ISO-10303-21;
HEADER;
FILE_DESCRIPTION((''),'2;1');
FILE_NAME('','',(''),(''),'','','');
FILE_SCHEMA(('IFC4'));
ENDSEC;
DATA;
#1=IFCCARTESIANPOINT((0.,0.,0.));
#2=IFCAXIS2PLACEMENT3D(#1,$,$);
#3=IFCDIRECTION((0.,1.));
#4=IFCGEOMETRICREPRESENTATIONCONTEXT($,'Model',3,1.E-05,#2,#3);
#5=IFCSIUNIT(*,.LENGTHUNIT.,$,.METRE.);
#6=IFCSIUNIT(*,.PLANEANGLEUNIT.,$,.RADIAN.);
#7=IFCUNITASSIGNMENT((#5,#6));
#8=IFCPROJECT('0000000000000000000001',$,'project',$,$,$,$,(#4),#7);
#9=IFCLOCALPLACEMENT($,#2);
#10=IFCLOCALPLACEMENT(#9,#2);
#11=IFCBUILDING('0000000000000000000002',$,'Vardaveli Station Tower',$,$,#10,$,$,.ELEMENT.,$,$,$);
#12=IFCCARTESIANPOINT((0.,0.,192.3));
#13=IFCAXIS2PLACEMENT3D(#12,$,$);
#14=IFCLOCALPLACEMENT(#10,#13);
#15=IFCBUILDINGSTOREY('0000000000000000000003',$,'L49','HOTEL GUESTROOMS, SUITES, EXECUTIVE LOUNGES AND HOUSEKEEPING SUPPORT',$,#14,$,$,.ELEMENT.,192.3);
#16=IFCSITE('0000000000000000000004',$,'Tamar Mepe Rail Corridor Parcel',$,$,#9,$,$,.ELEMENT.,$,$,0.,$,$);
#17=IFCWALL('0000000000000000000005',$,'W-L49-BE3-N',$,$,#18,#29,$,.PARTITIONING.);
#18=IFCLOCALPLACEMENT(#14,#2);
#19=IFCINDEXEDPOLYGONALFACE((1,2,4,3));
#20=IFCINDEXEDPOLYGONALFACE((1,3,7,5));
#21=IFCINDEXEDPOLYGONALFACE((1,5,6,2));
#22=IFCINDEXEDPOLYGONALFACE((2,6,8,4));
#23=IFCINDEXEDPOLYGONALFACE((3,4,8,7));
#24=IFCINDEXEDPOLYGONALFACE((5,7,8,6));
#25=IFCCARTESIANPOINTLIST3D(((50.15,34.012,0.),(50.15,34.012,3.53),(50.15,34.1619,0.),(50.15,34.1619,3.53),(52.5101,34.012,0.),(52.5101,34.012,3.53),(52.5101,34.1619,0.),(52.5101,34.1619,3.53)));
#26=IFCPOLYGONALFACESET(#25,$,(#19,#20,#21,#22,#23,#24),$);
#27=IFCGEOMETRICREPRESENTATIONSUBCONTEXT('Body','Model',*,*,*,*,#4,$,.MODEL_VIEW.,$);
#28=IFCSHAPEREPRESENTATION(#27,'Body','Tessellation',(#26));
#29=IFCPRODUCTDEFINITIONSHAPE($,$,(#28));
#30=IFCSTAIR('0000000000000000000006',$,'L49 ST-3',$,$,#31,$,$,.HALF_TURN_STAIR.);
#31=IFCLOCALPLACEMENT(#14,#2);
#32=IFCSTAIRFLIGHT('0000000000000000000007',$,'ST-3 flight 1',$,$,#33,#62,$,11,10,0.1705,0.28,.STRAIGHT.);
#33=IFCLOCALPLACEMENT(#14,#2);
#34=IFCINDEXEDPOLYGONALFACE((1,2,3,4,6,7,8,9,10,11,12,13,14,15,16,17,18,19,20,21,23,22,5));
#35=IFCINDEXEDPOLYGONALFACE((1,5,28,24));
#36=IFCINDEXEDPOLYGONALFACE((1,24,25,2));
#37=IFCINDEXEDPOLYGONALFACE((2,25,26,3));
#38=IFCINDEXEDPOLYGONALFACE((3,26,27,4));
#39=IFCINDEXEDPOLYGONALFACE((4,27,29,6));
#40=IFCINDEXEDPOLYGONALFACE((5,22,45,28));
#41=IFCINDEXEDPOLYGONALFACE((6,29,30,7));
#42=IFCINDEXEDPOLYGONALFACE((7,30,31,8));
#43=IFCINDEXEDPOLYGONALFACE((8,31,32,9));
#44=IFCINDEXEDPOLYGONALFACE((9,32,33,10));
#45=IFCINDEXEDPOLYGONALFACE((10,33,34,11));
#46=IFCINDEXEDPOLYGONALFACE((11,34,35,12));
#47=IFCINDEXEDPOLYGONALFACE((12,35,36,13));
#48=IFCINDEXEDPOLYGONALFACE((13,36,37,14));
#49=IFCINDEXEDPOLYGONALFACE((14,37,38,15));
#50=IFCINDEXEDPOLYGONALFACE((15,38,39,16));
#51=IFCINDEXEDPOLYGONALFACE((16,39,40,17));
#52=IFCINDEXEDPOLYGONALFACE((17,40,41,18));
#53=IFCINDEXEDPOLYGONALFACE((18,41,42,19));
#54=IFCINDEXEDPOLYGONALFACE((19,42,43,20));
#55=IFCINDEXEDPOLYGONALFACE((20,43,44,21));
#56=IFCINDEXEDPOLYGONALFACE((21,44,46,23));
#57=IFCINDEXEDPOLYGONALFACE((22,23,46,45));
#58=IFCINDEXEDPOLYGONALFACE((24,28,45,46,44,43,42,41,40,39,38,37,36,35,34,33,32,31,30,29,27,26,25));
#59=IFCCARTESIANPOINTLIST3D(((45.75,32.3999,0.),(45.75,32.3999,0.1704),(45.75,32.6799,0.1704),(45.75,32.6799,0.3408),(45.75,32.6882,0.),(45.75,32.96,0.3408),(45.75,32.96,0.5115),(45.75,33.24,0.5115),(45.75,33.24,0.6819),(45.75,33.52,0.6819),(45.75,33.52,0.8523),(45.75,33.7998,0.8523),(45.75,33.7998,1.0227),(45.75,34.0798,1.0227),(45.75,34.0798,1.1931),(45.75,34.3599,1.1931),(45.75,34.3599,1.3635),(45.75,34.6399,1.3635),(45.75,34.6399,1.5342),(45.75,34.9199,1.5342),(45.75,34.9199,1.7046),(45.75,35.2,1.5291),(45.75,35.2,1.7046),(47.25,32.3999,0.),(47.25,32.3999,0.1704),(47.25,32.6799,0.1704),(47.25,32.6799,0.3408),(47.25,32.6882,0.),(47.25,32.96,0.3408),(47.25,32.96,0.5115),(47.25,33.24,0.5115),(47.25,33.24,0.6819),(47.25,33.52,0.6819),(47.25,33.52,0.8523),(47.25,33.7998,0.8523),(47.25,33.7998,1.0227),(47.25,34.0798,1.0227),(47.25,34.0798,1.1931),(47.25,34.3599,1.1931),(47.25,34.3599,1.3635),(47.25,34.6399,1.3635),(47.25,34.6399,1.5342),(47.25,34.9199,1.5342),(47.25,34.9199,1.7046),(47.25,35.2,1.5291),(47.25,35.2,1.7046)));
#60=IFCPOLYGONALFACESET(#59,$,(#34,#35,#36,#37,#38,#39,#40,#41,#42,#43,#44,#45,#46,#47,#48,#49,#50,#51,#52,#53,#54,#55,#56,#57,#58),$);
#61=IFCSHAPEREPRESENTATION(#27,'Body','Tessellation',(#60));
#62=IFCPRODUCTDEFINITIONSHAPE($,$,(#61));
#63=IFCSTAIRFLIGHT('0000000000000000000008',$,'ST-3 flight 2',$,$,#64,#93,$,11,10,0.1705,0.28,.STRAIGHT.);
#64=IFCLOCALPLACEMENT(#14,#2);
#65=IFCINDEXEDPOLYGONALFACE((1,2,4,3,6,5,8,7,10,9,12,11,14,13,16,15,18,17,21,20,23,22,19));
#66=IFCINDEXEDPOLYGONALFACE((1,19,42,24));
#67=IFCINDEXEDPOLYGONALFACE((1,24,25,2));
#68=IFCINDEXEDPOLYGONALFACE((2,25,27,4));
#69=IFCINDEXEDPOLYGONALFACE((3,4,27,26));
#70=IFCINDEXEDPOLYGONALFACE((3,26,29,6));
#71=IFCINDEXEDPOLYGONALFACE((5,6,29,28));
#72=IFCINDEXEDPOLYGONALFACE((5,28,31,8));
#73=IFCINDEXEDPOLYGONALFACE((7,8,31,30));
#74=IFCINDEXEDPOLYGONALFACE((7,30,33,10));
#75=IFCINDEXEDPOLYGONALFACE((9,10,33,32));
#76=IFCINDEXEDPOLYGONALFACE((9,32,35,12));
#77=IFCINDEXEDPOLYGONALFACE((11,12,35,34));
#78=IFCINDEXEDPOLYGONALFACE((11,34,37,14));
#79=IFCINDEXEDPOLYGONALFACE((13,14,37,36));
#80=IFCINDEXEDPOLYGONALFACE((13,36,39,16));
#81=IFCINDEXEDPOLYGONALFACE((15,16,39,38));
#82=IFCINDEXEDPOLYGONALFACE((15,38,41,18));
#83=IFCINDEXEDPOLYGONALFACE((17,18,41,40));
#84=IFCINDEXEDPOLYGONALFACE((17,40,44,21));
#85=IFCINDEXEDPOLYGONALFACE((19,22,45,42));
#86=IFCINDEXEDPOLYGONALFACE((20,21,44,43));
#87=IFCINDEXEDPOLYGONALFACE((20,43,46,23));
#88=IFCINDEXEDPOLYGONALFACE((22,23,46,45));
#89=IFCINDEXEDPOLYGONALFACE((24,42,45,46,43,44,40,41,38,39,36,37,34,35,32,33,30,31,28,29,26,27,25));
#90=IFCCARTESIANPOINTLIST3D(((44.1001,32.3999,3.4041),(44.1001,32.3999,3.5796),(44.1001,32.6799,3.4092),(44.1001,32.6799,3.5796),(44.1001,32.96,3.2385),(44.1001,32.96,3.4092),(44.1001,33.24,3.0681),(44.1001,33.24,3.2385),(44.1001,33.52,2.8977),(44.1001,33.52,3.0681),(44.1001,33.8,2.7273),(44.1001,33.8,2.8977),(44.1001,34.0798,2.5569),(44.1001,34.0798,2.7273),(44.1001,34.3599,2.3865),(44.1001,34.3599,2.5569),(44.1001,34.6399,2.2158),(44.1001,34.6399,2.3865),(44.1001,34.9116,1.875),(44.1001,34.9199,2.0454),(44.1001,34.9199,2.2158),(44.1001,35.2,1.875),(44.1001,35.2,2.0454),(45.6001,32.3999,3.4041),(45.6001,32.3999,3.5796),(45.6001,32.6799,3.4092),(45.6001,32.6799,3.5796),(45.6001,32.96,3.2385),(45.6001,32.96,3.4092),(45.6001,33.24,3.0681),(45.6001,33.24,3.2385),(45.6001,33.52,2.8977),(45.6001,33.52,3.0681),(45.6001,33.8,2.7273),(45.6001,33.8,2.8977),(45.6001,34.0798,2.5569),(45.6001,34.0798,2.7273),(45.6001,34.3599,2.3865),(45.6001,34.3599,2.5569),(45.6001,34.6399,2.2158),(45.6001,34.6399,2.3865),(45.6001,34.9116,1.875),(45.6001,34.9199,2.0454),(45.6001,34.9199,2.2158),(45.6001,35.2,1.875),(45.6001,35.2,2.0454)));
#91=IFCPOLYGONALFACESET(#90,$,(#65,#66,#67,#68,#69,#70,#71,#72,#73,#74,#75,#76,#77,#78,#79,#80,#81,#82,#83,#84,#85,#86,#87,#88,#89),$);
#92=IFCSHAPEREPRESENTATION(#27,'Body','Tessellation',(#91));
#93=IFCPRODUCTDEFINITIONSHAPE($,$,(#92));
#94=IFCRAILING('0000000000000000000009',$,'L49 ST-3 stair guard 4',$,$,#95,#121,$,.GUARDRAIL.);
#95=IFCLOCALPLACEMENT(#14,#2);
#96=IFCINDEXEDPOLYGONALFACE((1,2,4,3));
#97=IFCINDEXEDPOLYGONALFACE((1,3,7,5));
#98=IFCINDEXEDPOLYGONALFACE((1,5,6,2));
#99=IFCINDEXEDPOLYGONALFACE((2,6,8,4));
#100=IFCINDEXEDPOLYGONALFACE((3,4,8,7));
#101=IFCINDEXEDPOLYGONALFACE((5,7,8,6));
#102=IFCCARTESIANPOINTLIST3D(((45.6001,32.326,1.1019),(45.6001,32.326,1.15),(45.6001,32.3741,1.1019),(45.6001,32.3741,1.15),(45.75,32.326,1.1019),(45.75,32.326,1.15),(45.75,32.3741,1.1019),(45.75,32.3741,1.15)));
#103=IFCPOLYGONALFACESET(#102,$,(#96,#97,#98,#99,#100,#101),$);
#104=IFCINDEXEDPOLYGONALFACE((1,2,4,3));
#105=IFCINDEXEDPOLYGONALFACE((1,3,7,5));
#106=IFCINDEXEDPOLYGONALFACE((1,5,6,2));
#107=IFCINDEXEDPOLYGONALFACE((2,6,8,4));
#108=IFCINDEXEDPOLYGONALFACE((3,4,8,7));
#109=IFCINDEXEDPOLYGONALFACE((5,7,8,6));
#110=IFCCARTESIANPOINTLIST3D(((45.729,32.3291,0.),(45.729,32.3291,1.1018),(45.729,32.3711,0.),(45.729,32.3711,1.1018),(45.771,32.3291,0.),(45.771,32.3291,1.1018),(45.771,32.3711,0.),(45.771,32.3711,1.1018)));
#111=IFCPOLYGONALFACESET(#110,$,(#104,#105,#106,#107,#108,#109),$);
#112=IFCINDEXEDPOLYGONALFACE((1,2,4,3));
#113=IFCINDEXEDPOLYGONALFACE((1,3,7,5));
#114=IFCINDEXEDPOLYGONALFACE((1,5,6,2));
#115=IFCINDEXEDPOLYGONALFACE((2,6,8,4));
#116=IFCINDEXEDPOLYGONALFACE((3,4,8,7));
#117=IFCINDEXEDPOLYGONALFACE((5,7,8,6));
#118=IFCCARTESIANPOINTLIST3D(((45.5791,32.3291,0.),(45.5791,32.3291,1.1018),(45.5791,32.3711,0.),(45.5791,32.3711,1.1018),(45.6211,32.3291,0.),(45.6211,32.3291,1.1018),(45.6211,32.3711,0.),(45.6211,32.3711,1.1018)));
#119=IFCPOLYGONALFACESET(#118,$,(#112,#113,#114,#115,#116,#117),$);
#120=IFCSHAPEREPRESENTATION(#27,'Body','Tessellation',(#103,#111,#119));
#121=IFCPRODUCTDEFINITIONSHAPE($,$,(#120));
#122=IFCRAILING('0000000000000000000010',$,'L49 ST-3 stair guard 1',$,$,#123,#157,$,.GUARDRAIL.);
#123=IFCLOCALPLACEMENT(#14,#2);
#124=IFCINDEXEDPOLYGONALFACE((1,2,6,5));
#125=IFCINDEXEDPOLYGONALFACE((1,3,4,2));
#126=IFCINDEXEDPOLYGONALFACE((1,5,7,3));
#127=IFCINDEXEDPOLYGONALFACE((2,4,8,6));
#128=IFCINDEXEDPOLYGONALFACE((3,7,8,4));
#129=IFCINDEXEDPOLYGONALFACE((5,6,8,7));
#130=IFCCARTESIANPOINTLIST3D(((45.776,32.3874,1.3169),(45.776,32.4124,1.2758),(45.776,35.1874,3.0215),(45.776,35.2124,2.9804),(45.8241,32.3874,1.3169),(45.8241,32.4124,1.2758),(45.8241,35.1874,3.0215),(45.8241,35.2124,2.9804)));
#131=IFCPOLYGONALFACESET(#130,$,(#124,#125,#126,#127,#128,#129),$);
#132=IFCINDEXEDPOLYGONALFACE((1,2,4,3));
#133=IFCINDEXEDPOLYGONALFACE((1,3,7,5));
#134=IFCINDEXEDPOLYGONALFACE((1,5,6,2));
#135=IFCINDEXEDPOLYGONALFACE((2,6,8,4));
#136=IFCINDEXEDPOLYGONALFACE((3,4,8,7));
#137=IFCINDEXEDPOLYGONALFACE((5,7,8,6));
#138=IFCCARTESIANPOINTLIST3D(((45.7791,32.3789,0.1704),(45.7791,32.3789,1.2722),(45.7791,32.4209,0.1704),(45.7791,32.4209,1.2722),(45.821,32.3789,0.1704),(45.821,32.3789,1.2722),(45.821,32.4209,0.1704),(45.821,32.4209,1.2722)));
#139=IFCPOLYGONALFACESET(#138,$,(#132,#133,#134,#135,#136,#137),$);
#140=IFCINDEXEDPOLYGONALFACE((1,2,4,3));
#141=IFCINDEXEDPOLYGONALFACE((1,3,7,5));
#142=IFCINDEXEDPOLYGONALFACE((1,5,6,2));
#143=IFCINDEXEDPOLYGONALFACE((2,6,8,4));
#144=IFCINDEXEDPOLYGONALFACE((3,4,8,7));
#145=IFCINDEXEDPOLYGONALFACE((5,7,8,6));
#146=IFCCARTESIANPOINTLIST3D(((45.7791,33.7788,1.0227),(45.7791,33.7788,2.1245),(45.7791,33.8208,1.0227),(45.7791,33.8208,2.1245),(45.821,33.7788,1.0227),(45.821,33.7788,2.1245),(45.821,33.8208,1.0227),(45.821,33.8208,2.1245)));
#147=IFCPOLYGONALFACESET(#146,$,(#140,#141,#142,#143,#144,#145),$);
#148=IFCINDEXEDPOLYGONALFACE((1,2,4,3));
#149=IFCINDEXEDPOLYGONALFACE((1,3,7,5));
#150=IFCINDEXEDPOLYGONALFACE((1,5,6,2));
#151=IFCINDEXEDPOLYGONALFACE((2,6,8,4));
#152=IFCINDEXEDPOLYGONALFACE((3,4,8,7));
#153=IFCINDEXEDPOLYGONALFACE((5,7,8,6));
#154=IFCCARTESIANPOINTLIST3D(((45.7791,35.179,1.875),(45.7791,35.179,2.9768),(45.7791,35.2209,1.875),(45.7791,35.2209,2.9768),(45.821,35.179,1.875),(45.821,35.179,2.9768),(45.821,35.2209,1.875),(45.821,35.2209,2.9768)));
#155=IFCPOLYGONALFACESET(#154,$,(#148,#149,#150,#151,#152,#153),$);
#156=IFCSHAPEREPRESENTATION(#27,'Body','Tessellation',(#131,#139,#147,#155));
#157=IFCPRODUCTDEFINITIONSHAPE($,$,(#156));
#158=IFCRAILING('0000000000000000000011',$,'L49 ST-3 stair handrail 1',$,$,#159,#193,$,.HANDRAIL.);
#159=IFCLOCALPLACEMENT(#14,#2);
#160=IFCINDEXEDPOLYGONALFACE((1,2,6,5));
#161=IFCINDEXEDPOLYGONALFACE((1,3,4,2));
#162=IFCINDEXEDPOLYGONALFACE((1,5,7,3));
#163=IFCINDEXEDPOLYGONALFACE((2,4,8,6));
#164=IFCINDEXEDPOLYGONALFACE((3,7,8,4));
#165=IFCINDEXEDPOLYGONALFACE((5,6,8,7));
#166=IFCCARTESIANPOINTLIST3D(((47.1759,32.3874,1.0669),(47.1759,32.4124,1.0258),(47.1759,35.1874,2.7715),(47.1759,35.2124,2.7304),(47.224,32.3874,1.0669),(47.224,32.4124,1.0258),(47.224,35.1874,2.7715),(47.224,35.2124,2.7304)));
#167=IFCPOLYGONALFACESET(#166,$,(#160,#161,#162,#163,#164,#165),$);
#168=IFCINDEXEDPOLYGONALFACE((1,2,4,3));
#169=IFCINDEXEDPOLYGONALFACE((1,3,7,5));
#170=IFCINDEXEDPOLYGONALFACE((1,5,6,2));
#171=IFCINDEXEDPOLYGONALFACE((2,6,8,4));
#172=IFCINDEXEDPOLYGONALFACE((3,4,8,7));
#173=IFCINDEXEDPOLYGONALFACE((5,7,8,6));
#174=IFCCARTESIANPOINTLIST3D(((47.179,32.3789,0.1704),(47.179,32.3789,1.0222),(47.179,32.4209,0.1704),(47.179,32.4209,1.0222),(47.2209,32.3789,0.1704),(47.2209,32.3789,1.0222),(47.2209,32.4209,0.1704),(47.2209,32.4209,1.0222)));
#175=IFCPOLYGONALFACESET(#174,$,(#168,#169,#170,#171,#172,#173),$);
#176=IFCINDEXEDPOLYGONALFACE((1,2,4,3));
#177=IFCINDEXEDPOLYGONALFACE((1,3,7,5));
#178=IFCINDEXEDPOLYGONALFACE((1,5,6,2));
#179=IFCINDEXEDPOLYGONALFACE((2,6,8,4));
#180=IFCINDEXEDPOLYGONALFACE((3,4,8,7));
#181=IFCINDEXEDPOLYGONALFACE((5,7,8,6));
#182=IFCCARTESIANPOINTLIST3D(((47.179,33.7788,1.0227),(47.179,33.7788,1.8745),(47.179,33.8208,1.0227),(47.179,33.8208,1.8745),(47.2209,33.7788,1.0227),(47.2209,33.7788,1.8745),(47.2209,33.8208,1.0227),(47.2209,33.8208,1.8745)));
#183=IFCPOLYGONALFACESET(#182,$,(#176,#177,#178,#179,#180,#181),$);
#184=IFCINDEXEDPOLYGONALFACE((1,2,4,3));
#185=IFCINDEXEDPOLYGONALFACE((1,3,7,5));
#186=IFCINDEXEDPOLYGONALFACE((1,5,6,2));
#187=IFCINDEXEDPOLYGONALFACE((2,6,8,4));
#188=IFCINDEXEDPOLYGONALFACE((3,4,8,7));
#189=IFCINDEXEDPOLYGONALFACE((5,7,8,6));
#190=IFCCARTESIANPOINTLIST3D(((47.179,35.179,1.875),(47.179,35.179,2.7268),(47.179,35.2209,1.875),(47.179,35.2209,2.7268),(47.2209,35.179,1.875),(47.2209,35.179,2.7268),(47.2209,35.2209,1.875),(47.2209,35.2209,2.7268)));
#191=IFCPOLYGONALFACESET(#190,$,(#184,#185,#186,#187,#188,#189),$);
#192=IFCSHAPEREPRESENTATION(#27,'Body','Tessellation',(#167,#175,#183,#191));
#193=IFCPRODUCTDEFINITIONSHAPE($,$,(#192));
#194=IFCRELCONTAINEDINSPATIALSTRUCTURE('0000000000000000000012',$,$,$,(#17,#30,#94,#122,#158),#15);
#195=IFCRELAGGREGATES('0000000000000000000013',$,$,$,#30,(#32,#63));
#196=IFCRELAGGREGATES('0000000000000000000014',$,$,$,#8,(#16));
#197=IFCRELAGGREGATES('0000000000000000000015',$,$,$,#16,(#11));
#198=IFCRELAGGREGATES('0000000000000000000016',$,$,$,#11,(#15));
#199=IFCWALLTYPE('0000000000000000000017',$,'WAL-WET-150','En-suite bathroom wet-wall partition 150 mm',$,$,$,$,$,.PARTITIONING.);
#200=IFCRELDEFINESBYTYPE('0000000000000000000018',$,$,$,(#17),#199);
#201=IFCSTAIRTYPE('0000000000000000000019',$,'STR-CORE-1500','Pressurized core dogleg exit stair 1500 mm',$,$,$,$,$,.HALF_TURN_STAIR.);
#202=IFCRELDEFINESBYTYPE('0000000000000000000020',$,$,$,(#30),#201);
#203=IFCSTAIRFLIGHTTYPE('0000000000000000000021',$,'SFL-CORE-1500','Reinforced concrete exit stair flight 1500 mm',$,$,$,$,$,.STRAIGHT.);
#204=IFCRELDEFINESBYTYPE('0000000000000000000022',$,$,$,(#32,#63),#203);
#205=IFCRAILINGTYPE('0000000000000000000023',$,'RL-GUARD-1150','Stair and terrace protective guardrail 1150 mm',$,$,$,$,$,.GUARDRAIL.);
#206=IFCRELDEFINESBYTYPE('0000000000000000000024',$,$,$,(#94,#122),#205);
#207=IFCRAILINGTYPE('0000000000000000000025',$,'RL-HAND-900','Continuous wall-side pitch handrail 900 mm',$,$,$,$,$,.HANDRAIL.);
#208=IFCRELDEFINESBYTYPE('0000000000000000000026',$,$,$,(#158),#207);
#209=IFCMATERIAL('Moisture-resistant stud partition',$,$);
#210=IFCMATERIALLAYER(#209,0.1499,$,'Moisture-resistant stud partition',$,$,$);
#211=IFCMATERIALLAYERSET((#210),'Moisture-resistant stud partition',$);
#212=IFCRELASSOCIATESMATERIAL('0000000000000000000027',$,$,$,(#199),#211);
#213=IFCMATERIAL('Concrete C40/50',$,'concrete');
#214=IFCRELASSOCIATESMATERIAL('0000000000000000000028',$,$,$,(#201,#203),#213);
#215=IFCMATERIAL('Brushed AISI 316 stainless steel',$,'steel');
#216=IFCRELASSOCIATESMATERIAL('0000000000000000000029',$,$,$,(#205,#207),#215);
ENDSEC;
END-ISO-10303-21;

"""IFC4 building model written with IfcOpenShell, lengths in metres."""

from ifc_helpers import new_model, si_unit, direction, frame, frame_2d, origin, origin_2d, place, context, subcontext, project, spatial, polyline, rectangle, outline, extrude, source, transform, mapped, material, layer, layer_set, type_object, element, aggregate, save


model = new_model("IFC4")

# Units and contexts
model_context = context("Model", 3, precision=1e-05, world=origin(), true_north=direction((0.0, 1.0)))
body_context = subcontext(model_context, "Body", "Model", "MODEL_VIEW")
ifc_project = project(units=[si_unit("LENGTHUNIT", "METRE"), si_unit("PLANEANGLEUNIT", "RADIAN")], contexts=[model_context])

# Site, building, storey
site_placement = place(None, origin())
site = spatial("IfcSite", under=ifc_project, at=site_placement, Name="Tamar Mepe Rail Corridor Parcel", CompositionType="ELEMENT", RefElevation=0.0)
building_placement = place(site_placement, origin())
building = spatial("IfcBuilding", under=site, at=building_placement, Name="Vardaveli Station Tower", CompositionType="ELEMENT")
storey_placement = place(building_placement, frame((0.0, 0.0, 192.3)))
storey = spatial("IfcBuildingStorey", under=building, at=storey_placement, Name="L49", Description="HOTEL GUESTROOMS, SUITES, EXECUTIVE LOUNGES AND HOUSEKEEPING SUPPORT", CompositionType="ELEMENT", Elevation=192.3)

# Shared definitions
ifc_material_1 = material(Name="Concrete C40/50", Category="concrete")

# Shared definitions
ifc_material_2 = material(Name="Moisture-resistant stud partition")
ifc_layer_1 = layer(ifc_material_2, 0.1499, Name="Moisture-resistant stud partition")
ifc_layer_set_1 = layer_set([ifc_layer_1], Name="Moisture-resistant stud partition")
wall_type_1 = type_object("IfcWallType", Name="WAL-WET-150", Description="En-suite bathroom wet-wall partition 150 mm", PredefinedType="PARTITIONING", material=ifc_layer_set_1)

# Wall
shared_shape_1 = source(origin(), body_context, "Body", "SweptSolid", [
    extrude(rectangle(XDim=2.3601, YDim=0.1499, at=frame_2d((1.1802, 0.0))), origin(), (0.0, 0.0, 1.0), 3.53),
])
wall_1_placement = place(storey_placement, frame((50.1499, 34.0869, 0.0), z_axis=(0.0, 0.0, 1.0), x_axis=(1.0, 0.0, 0.0)))
element("IfcWall", 1, at=wall_1_placement, inside=storey, type_object=wall_type_1, Name="W-L49-BE3-N", PredefinedType="PARTITIONING", context=body_context, shape_type="MappedRepresentation", body=[
    mapped(shared_shape_1, transform((0.0, 0.0, 0.0), scale=1.0)),
])

# Stair, stair flights
stair_type = type_object("IfcStairType", Name="STR-CORE-1500", Description="Pressurized core dogleg exit stair 1500 mm", PredefinedType="HALF_TURN_STAIR", material=ifc_material_1)
stair_placement = place(storey_placement, origin())
stair = element("IfcStair", 2, at=stair_placement, inside=storey, type_object=stair_type, Name="L49 ST-3", PredefinedType="HALF_TURN_STAIR")
stair_flight_type = type_object("IfcStairFlightType", Name="SFL-CORE-1500", Description="Reinforced concrete exit stair flight 1500 mm", PredefinedType="STRAIGHT", material=ifc_material_1)
shared_shape_2 = source(origin(), body_context, "Body", "SweptSolid", [
    extrude(outline(polyline([(0.0, 0.0), (0.0, 0.1704), (0.28, 0.1704), (0.28, 0.3408), (0.5601, 0.3408), (0.5601, 0.5115), (0.8401, 0.5115), (0.8401, 0.6819), (1.1201, 0.6819), (1.1201, 0.8523), (1.3999, 0.8523), (1.3999, 1.0227), (1.6799, 1.0227), (1.6799, 1.1931), (1.96, 1.1931), (1.96, 1.3635), (2.24, 1.3635), (2.24, 1.5342), (2.52, 1.5342), (2.52, 1.7046), (2.8, 1.7046), (2.8, 1.875), (2.8, 1.5291), (0.2883, 0.0), (0.0, 0.0)])), frame((0.0, 0.75, 0.0), z_axis=(0.0, -1.0, 0.0), x_axis=(1.0, 0.0, 0.0)), (0.0, 0.0, 1.0), 1.5),
])
stair_flight_1_placement = place(storey_placement, frame((46.5, 32.3999, 0.0), z_axis=(0.0, 0.0, 1.0), x_axis=(0.0, 1.0, 0.0)))
stair_flight_1 = element("IfcStairFlight", 3, at=stair_flight_1_placement, type_object=stair_flight_type, Name="ST-3 flight 1", NumberOfRisers=11, NumberOfTreads=10, PredefinedType="STRAIGHT", RiserHeight=0.1705, TreadLength=0.28, context=body_context, shape_type="MappedRepresentation", body=[
    mapped(shared_shape_2, transform((0.0, 0.0, 0.0), scale=1.0)),
])
stair_flight_2_placement = place(storey_placement, frame((44.8501, 35.2, 1.875), z_axis=(0.0, 0.0, 1.0), x_axis=(0.0, -1.0, 0.0)))
stair_flight_2 = element("IfcStairFlight", 4, at=stair_flight_2_placement, type_object=stair_flight_type, Name="ST-3 flight 2", NumberOfRisers=11, NumberOfTreads=10, PredefinedType="STRAIGHT", RiserHeight=0.1705, TreadLength=0.28, context=body_context, shape_type="MappedRepresentation", body=[
    mapped(shared_shape_2, transform((0.0, 0.0, 0.0), scale=1.0)),
])
aggregate(stair, [stair_flight_1, stair_flight_2])

# Railings
ifc_material_3 = material(Name="Brushed AISI 316 stainless steel", Category="steel")
railing_type_1 = type_object("IfcRailingType", Name="RL-GUARD-1150", Description="Stair and terrace protective guardrail 1150 mm", PredefinedType="GUARDRAIL", material=ifc_material_3)
shared_shape_3 = source(origin(), body_context, "Body", "SweptSolid", [
    extrude(rectangle(XDim=0.0481, YDim=0.0481, at=origin_2d()), frame((0.0, 0.0, 1.126), z_axis=(-1.0, 0.0, 0.0), x_axis=(0.0, -1.0, 0.0)), (0.0, 0.0, 1.0), 0.1499),
    extrude(rectangle(XDim=0.042, YDim=0.042, at=origin_2d()), origin(), (0.0, 0.0, 1.0), 1.1018),
    extrude(rectangle(XDim=0.042, YDim=0.042, at=origin_2d()), frame((-0.1499, 0.0, 0.0)), (0.0, 0.0, 1.0), 1.1018),
])
railing_1_placement = place(storey_placement, frame((45.75, 32.3501, 0.0)))
element("IfcRailing", 5, at=railing_1_placement, inside=storey, type_object=railing_type_1, Name="L49 ST-3 stair guard 4", PredefinedType="GUARDRAIL", context=body_context, shape_type="MappedRepresentation", body=[
    mapped(shared_shape_3, transform((0.0, 0.0, 0.0), scale=1.0)),
])
shared_shape_4 = source(origin(), body_context, "Body", "SweptSolid", [
    extrude(rectangle(XDim=0.0481, YDim=0.0481, at=origin_2d()), frame((0.0, 0.0, 1.126), z_axis=(0.0, 0.85417, 0.519994), x_axis=(-1.0, 0.0, 0.0)), (0.0, 0.0, 1.0), 3.2781),
    extrude(rectangle(XDim=0.042, YDim=0.042, at=origin_2d()), origin(), (0.0, 0.0, 1.0), 1.1018),
    extrude(rectangle(XDim=0.042, YDim=0.042, at=origin_2d()), frame((0.0, 1.3999, 0.8523)), (0.0, 0.0, 1.0), 1.1018),
    extrude(rectangle(XDim=0.042, YDim=0.042, at=origin_2d()), frame((0.0, 2.8, 1.7046)), (0.0, 0.0, 1.0), 1.1018),
])
railing_2_placement = place(storey_placement, frame((45.8, 32.3999, 0.1704)))
element("IfcRailing", 6, at=railing_2_placement, inside=storey, type_object=railing_type_1, Name="L49 ST-3 stair guard 1", PredefinedType="GUARDRAIL", context=body_context, shape_type="MappedRepresentation", body=[
    mapped(shared_shape_4, transform((0.0, 0.0, 0.0), scale=1.0)),
])
railing_type_2 = type_object("IfcRailingType", Name="RL-HAND-900", Description="Continuous wall-side pitch handrail 900 mm", PredefinedType="HANDRAIL", material=ifc_material_3)
shared_shape_5 = source(origin(), body_context, "Body", "SweptSolid", [
    extrude(rectangle(XDim=0.0481, YDim=0.0481, at=origin_2d()), frame((0.0, 0.0, 0.876), z_axis=(0.0, 0.85417, 0.519994), x_axis=(-1.0, 0.0, 0.0)), (0.0, 0.0, 1.0), 3.2781),
    extrude(rectangle(XDim=0.042, YDim=0.042, at=origin_2d()), origin(), (0.0, 0.0, 1.0), 0.8518),
    extrude(rectangle(XDim=0.042, YDim=0.042, at=origin_2d()), frame((0.0, 1.3999, 0.8523)), (0.0, 0.0, 1.0), 0.8518),
    extrude(rectangle(XDim=0.042, YDim=0.042, at=origin_2d()), frame((0.0, 2.8, 1.7046)), (0.0, 0.0, 1.0), 0.8518),
])
railing_3_placement = place(storey_placement, frame((47.2, 32.3999, 0.1704)))
element("IfcRailing", 7, at=railing_3_placement, inside=storey, type_object=railing_type_2, Name="L49 ST-3 stair handrail 1", PredefinedType="HANDRAIL", context=body_context, shape_type="MappedRepresentation", body=[
    mapped(shared_shape_5, transform((0.0, 0.0, 0.0), scale=1.0)),
])

save(model, "model.ifc")
